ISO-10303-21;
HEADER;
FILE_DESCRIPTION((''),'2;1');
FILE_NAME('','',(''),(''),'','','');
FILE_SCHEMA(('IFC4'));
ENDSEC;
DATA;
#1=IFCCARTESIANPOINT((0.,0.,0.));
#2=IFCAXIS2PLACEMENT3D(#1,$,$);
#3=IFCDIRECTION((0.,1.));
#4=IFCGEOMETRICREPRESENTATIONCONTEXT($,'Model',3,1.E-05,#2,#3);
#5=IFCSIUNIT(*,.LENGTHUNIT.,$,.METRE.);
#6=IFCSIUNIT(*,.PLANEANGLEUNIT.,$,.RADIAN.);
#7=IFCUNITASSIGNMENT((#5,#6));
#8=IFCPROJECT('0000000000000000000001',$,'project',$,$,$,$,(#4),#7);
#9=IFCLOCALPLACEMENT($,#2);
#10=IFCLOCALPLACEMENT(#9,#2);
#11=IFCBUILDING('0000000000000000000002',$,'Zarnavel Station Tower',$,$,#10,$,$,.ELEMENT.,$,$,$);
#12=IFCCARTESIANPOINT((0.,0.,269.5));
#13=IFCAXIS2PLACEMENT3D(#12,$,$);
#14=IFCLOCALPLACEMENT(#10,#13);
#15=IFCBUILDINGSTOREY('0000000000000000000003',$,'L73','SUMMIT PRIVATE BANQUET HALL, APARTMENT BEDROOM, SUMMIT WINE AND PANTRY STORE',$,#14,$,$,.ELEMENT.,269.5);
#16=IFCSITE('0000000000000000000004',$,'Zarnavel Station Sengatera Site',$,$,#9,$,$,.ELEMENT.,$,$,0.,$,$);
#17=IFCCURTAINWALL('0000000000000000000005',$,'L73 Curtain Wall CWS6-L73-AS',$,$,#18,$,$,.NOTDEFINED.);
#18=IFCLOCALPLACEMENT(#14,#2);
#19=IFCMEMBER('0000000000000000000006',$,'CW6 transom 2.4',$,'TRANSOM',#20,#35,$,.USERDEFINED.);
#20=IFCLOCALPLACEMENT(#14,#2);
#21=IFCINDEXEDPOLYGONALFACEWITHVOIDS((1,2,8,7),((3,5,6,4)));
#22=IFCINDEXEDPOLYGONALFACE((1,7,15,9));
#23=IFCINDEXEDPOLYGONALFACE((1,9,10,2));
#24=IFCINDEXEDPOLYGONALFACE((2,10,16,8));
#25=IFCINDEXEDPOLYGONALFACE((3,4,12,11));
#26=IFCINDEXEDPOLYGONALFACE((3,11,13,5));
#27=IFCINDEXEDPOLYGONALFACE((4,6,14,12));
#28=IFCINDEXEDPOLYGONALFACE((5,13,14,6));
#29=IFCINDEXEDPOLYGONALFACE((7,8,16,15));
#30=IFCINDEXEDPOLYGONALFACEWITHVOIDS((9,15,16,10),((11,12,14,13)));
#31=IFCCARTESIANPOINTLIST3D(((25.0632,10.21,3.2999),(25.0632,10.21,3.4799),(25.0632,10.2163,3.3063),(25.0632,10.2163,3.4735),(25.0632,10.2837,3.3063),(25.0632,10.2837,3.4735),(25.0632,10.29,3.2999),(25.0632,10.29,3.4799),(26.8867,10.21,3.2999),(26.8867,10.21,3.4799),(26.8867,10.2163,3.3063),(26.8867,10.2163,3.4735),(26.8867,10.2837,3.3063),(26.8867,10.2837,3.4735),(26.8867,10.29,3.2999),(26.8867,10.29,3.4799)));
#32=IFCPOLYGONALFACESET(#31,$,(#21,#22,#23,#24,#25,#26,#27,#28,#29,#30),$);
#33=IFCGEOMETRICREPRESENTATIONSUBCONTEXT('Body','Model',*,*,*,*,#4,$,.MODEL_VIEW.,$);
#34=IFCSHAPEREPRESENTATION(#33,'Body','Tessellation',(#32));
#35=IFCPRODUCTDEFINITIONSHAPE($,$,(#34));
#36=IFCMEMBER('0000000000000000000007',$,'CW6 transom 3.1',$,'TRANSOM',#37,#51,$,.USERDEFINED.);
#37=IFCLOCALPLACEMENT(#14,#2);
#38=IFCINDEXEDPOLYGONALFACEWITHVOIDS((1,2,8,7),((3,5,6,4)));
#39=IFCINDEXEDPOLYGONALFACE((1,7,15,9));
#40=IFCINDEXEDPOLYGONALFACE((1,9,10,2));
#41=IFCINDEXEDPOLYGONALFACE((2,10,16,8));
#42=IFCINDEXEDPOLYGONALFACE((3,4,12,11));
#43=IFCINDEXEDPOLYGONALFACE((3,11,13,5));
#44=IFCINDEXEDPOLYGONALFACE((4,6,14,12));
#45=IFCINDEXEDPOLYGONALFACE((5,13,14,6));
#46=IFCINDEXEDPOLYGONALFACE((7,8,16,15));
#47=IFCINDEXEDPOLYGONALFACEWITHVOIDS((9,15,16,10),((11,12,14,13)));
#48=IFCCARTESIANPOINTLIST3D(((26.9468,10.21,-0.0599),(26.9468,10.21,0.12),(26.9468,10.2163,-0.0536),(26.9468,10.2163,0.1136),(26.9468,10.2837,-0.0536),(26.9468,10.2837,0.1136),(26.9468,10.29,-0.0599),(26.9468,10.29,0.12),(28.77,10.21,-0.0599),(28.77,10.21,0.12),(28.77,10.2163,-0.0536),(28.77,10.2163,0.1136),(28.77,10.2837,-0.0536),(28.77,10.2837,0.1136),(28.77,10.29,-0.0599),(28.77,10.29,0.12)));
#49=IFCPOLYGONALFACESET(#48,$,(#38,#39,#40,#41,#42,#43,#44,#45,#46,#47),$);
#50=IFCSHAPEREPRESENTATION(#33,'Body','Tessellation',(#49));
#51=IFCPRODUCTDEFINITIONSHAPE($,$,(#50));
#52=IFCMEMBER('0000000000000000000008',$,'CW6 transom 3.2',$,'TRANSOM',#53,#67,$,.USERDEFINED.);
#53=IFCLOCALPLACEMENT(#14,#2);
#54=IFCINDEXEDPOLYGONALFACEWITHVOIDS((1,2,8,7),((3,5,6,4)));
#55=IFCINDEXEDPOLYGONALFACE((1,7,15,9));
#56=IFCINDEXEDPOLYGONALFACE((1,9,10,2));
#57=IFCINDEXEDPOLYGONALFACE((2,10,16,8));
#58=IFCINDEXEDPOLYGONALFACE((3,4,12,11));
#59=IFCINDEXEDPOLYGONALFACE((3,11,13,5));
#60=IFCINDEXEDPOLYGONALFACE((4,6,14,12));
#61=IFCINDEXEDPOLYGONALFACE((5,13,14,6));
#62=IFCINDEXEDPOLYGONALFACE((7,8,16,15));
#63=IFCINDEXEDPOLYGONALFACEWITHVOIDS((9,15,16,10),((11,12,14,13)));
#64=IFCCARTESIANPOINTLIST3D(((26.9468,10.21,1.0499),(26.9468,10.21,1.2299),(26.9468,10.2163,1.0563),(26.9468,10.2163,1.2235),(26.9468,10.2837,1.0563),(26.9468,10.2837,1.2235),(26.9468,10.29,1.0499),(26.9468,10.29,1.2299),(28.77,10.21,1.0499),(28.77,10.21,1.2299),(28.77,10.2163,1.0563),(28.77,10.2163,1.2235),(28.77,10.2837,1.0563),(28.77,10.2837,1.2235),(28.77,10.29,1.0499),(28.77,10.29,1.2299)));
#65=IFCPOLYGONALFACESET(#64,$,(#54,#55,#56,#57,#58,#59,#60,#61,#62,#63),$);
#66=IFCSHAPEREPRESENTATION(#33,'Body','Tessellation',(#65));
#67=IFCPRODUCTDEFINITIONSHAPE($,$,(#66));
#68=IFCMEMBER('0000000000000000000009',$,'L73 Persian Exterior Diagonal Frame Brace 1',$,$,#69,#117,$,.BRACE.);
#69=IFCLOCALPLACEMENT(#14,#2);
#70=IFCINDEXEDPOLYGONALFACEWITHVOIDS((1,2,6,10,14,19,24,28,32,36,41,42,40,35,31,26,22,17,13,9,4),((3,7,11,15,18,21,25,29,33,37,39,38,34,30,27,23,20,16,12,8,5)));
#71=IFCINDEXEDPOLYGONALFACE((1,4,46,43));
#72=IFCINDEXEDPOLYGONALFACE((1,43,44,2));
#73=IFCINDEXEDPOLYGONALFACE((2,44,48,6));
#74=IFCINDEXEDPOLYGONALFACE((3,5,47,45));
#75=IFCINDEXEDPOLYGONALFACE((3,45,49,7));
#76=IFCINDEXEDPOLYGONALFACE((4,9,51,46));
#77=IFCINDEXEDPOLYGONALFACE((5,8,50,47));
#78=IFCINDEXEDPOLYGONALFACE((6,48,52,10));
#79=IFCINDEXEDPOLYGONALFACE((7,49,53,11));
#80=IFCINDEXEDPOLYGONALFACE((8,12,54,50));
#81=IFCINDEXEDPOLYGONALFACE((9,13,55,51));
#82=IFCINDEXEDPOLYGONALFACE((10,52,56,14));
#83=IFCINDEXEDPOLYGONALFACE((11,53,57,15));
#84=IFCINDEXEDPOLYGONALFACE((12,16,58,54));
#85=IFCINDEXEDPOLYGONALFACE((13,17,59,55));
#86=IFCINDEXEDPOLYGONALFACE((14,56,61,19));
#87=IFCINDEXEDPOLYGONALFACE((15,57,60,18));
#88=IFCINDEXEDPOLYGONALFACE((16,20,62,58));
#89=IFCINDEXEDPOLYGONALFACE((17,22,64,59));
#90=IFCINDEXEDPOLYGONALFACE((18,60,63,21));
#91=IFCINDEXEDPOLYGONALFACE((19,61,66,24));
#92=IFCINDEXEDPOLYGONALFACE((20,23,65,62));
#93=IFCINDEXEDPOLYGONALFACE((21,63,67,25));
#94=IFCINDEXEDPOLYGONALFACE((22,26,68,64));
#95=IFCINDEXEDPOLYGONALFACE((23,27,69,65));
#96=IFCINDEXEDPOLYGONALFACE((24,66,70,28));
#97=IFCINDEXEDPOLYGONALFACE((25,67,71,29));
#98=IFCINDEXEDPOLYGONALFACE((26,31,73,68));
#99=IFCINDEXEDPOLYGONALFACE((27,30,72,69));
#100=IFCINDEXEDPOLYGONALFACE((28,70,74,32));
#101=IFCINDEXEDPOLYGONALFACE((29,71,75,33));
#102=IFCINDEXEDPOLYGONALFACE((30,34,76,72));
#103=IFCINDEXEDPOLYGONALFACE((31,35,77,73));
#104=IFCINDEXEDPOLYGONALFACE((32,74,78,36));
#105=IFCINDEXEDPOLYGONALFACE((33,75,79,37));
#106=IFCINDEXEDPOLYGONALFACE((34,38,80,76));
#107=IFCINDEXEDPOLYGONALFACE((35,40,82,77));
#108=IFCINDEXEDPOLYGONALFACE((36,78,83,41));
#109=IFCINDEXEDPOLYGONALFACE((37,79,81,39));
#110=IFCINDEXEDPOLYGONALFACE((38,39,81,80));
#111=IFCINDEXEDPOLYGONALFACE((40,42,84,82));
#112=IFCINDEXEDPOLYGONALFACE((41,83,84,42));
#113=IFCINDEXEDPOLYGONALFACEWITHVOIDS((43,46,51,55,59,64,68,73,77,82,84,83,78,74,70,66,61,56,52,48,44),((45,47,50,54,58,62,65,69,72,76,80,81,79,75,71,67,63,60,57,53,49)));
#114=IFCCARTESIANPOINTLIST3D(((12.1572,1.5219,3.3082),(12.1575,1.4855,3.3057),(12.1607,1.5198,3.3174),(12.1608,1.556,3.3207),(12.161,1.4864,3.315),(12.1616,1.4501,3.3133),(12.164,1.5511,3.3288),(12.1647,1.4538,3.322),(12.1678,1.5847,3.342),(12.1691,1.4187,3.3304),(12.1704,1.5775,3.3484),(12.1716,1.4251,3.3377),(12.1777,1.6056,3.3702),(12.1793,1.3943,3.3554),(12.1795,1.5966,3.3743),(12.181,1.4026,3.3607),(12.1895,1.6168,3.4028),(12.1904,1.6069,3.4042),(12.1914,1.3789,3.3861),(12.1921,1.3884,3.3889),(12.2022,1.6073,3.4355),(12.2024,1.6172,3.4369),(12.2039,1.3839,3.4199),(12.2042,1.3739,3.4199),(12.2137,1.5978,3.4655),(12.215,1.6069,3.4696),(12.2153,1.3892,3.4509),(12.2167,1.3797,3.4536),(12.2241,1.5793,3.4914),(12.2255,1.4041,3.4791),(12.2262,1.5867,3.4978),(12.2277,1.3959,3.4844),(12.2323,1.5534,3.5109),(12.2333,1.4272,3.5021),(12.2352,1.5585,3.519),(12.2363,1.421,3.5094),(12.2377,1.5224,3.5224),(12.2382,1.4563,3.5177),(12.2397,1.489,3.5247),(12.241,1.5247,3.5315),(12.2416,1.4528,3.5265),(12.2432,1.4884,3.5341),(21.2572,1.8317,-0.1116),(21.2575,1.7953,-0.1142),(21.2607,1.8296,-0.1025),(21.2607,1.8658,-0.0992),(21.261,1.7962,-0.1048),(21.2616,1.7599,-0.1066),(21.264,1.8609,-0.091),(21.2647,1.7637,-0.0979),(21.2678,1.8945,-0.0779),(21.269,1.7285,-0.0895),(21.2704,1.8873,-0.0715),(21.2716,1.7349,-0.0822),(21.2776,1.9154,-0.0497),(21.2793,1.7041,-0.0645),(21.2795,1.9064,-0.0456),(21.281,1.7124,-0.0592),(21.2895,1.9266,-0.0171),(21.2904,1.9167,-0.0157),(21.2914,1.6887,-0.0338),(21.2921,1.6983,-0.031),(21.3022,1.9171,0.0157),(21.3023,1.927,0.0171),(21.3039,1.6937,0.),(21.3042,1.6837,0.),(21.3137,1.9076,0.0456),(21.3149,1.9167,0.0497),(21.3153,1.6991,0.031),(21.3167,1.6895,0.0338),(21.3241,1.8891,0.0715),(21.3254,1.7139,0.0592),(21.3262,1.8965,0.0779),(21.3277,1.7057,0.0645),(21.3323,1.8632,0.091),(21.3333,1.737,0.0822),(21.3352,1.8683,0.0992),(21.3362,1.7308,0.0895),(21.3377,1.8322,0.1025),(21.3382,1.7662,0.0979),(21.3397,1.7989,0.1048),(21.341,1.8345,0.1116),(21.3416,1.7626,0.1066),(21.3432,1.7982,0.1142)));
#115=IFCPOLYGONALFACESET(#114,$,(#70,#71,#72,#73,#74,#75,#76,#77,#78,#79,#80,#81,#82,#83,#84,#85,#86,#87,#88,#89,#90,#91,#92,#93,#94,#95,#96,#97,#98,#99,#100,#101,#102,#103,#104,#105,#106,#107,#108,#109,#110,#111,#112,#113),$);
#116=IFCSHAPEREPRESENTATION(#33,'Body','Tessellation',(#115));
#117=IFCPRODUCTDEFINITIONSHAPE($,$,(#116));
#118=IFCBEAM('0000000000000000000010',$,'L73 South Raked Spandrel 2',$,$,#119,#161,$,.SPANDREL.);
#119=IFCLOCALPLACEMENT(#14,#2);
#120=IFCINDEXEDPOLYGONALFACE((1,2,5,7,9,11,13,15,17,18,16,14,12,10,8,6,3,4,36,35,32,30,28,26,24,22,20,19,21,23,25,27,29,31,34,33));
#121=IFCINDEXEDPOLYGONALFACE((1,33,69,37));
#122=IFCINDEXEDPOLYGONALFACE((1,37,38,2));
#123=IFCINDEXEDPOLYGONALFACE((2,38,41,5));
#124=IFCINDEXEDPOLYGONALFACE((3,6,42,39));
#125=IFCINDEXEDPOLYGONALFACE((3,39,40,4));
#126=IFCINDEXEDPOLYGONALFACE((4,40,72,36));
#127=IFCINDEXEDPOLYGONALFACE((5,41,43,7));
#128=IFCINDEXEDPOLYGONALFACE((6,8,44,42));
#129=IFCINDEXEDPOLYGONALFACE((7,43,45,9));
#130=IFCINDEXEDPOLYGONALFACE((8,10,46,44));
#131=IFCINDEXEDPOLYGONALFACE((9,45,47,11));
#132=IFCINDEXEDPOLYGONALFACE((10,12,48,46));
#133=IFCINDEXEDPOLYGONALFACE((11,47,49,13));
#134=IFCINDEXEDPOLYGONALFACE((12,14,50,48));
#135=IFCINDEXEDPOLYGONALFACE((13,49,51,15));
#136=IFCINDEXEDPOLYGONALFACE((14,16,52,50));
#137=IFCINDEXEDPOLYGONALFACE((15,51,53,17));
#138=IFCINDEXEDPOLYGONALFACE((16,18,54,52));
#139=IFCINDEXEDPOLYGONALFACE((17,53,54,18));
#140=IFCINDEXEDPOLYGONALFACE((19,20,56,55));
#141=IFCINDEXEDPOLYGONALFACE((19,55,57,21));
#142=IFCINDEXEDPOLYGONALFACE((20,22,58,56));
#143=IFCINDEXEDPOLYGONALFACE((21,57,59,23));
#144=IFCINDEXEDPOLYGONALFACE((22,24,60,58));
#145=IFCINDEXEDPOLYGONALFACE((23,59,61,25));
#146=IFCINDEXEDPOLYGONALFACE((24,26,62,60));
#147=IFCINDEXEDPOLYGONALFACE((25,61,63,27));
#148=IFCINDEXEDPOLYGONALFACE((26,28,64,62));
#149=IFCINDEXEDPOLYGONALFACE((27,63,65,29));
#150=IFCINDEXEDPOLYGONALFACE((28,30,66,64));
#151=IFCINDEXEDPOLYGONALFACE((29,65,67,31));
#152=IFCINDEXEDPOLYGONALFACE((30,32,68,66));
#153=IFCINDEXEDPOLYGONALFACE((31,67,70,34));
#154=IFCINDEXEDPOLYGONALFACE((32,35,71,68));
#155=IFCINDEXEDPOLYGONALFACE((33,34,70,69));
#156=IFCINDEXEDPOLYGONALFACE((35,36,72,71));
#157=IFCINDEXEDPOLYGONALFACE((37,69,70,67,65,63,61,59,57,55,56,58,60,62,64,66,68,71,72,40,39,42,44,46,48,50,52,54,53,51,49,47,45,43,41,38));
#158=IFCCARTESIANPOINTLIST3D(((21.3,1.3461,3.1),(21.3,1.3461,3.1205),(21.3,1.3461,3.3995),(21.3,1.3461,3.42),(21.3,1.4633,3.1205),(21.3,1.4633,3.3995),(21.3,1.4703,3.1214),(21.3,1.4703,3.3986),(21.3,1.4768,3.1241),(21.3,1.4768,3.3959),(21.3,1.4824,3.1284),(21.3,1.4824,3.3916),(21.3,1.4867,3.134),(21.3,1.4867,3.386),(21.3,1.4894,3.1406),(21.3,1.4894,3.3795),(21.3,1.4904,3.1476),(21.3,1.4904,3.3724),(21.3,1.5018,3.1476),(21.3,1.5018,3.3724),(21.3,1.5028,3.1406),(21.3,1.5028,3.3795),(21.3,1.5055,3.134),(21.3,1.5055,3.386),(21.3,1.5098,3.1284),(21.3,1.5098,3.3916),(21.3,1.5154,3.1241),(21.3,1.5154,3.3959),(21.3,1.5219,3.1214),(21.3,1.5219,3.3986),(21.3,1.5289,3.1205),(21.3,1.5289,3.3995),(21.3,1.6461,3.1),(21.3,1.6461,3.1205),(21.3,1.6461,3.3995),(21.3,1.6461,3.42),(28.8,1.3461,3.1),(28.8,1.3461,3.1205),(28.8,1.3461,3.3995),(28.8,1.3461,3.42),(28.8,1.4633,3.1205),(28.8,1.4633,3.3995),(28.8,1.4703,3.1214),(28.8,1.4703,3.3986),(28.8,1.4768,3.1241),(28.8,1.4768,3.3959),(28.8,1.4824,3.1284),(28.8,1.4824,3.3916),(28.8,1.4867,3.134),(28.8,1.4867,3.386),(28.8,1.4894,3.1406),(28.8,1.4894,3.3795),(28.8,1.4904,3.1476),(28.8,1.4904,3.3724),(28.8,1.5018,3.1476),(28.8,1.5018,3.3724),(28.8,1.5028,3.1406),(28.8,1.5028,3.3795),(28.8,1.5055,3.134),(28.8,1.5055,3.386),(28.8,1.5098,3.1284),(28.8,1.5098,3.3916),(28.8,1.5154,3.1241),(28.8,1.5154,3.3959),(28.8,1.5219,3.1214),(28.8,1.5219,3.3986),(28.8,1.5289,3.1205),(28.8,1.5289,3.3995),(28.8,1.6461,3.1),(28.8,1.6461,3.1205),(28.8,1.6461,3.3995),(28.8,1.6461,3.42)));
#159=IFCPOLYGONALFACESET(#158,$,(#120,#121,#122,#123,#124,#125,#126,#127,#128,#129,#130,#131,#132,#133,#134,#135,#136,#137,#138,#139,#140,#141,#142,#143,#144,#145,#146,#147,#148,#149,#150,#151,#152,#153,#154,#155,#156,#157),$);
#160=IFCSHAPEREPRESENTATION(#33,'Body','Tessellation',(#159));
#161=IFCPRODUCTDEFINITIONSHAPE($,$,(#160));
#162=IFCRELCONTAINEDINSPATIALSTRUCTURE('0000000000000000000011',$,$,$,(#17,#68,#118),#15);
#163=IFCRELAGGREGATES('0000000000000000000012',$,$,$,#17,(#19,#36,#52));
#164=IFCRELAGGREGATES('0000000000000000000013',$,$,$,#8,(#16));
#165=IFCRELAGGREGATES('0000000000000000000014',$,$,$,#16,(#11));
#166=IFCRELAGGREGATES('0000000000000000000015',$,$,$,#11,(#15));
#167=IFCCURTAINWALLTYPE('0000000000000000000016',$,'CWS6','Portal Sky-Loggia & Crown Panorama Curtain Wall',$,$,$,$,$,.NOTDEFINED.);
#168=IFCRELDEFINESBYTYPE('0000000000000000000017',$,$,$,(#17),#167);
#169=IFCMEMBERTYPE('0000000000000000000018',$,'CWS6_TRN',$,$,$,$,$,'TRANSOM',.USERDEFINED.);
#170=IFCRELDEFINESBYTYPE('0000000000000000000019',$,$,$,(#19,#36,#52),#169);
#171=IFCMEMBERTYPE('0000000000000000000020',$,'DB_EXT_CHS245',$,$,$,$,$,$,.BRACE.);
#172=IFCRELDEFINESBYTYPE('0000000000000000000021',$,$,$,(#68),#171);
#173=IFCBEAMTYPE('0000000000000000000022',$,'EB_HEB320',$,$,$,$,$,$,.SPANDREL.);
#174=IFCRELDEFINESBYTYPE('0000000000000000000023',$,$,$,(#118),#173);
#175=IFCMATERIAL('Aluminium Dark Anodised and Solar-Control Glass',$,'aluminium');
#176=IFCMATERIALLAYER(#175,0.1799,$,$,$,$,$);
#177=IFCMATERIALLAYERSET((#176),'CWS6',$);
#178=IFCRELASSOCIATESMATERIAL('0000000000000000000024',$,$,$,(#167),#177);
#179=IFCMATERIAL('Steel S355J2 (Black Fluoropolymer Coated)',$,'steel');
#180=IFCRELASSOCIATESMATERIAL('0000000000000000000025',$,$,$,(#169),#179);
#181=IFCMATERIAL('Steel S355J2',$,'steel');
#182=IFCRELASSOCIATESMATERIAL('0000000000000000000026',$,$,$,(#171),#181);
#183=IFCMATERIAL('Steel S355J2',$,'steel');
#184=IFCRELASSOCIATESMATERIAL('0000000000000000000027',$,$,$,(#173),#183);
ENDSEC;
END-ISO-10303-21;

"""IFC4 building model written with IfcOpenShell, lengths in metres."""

from ifc_helpers import new_model, si_unit, direction, frame, origin, origin_2d, place, context, subcontext, project, spatial, hollow_rectangle, hollow_circle, i_section, extrude, material, layer, layer_set, material_profile, profile_set, type_object, element, aggregate, save


model = new_model("IFC4")

# Units and contexts
model_context = context("Model", 3, precision=1e-05, world=origin(), true_north=direction((0.0, 1.0)))
body_context = subcontext(model_context, "Body", "Model", "MODEL_VIEW")
ifc_project = project(units=[si_unit("LENGTHUNIT", "METRE"), si_unit("PLANEANGLEUNIT", "RADIAN")], contexts=[model_context])

# Site, building, storey
site_placement = place(None, origin())
site = spatial("IfcSite", under=ifc_project, at=site_placement, Name="Zarnavel Station Sengatera Site", CompositionType="ELEMENT", RefElevation=0.0)
building_placement = place(site_placement, origin())
building = spatial("IfcBuilding", under=site, at=building_placement, Name="Zarnavel Station Tower", CompositionType="ELEMENT")
storey_placement = place(building_placement, frame((0.0, 0.0, 269.5)))
storey = spatial("IfcBuildingStorey", under=building, at=storey_placement, Name="L73", Description="SUMMIT PRIVATE BANQUET HALL, APARTMENT BEDROOM, SUMMIT WINE AND PANTRY STORE", CompositionType="ELEMENT", Elevation=269.5)

# Curtain wall, members
ifc_material_1 = material(Name="Aluminium Dark Anodised and Solar-Control Glass", Category="aluminium")
ifc_layer_1 = layer(ifc_material_1, 0.1799)
ifc_layer_set_1 = layer_set([ifc_layer_1], Name="CWS6")
curtain_wall_type = type_object("IfcCurtainWallType", Name="CWS6", Description="Portal Sky-Loggia & Crown Panorama Curtain Wall", PredefinedType="NOTDEFINED", material=ifc_layer_set_1)
curtain_wall_placement = place(storey_placement, origin())
curtain_wall = element("IfcCurtainWall", 1, at=curtain_wall_placement, inside=storey, type_object=curtain_wall_type, Name="L73 Curtain Wall CWS6-L73-AS", PredefinedType="NOTDEFINED")
ifc_material_2 = material(Name="Steel S355J2 (Black Fluoropolymer Coated)", Category="steel")
ifc_material_profile_1 = material_profile(ifc_material_2, hollow_rectangle(XDim=0.0801, YDim=0.1799, WallThickness=0.0063, at=origin_2d()), Name="RHS180x80x6.3")
ifc_profile_set_1 = profile_set([ifc_material_profile_1], Name="Steel S355J2 (Black Fluoropolymer Coated)")
member_type_1 = type_object("IfcMemberType", Name="CWS6_TRN", ElementType="TRANSOM", PredefinedType="USERDEFINED", material=ifc_profile_set_1)
member_1_placement = place(storey_placement, frame((25.0632, 10.25, 3.3899), z_axis=(1.0, 0.0, 0.0), x_axis=(0.0, 1.0, 0.0)))
member_1 = element("IfcMember", 2, at=member_1_placement, type_object=member_type_1, Name="CW6 transom 2.4", ObjectType="TRANSOM", PredefinedType="USERDEFINED", context=body_context, shape_type="SweptSolid", body=[
    extrude(hollow_rectangle(XDim=0.0801, YDim=0.1799, WallThickness=0.0063, at=origin_2d()), origin(), (0.0, 0.0, 1.0), 1.8235),
])
member_2_placement = place(storey_placement, frame((26.9468, 10.25, 0.03), z_axis=(1.0, 0.0, 0.0), x_axis=(0.0, 1.0, 0.0)))
member_2 = element("IfcMember", 3, at=member_2_placement, type_object=member_type_1, Name="CW6 transom 3.1", ObjectType="TRANSOM", PredefinedType="USERDEFINED", context=body_context, shape_type="SweptSolid", body=[
    extrude(hollow_rectangle(XDim=0.0801, YDim=0.1799, WallThickness=0.0063, at=origin_2d()), origin(), (0.0, 0.0, 1.0), 1.8232),
])
member_3_placement = place(storey_placement, frame((26.9468, 10.25, 1.1399), z_axis=(1.0, 0.0, 0.0), x_axis=(0.0, 1.0, 0.0)))
member_3 = element("IfcMember", 4, at=member_3_placement, type_object=member_type_1, Name="CW6 transom 3.2", ObjectType="TRANSOM", PredefinedType="USERDEFINED", context=body_context, shape_type="SweptSolid", body=[
    extrude(hollow_rectangle(XDim=0.0801, YDim=0.1799, WallThickness=0.0063, at=origin_2d()), origin(), (0.0, 0.0, 1.0), 1.8232),
])

# Member
ifc_material_3 = material(Name="Steel S355J2", Category="steel")
ifc_material_profile_2 = material_profile(ifc_material_3, hollow_circle(Radius=0.1223, WallThickness=0.01, at=origin_2d()), Name="CHS244.5x10")
ifc_profile_set_2 = profile_set([ifc_material_profile_2], Name="Steel S355J2")
member_type_2 = type_object("IfcMemberType", Name="DB_EXT_CHS245", PredefinedType="BRACE", material=ifc_profile_set_2)
member_4_placement = place(storey_placement, frame((21.3, 1.8059, 0.0), z_axis=(-0.935604, -0.031853, 0.351611), x_axis=(0.034025, -0.999421, 0.0)))
element("IfcMember", 5, at=member_4_placement, inside=storey, type_object=member_type_2, Name="L73 Persian Exterior Diagonal Frame Brace 1", PredefinedType="BRACE", context=body_context, shape_type="SweptSolid", body=[
    extrude(hollow_circle(Radius=0.1223, WallThickness=0.01, at=origin_2d()), origin(), (0.0, 0.0, 1.0), 9.7263),
])

# Beam
ifc_material_4 = material(Name="Steel S355J2", Category="steel")
ifc_material_profile_3 = material_profile(ifc_material_4, i_section(OverallWidth=0.3, OverallDepth=0.3201, WebThickness=0.0115, FlangeThickness=0.0205, FilletRadius=0.0271, at=origin_2d()), Name="HEB320")
ifc_profile_set_3 = profile_set([ifc_material_profile_3], Name="Steel S355J2")
beam_type_1 = type_object("IfcBeamType", Name="EB_HEB320", PredefinedType="SPANDREL", material=ifc_profile_set_3)
beam_1_placement = place(storey_placement, frame((21.3, 1.4961, 3.26), z_axis=(1.0, 0.0, 0.0), x_axis=(0.0, 1.0, 0.0)))
element("IfcBeam", 6, at=beam_1_placement, inside=storey, type_object=beam_type_1, Name="L73 South Raked Spandrel 2", PredefinedType="SPANDREL", context=body_context, shape_type="SweptSolid", body=[
    extrude(i_section(OverallWidth=0.3, OverallDepth=0.3201, WebThickness=0.0115, FlangeThickness=0.0205, FilletRadius=0.0271, at=origin_2d()), origin(), (0.0, 0.0, 1.0), 7.5),
])

aggregate(curtain_wall, [member_1, member_2, member_3])

save(model, "model.ifc")
